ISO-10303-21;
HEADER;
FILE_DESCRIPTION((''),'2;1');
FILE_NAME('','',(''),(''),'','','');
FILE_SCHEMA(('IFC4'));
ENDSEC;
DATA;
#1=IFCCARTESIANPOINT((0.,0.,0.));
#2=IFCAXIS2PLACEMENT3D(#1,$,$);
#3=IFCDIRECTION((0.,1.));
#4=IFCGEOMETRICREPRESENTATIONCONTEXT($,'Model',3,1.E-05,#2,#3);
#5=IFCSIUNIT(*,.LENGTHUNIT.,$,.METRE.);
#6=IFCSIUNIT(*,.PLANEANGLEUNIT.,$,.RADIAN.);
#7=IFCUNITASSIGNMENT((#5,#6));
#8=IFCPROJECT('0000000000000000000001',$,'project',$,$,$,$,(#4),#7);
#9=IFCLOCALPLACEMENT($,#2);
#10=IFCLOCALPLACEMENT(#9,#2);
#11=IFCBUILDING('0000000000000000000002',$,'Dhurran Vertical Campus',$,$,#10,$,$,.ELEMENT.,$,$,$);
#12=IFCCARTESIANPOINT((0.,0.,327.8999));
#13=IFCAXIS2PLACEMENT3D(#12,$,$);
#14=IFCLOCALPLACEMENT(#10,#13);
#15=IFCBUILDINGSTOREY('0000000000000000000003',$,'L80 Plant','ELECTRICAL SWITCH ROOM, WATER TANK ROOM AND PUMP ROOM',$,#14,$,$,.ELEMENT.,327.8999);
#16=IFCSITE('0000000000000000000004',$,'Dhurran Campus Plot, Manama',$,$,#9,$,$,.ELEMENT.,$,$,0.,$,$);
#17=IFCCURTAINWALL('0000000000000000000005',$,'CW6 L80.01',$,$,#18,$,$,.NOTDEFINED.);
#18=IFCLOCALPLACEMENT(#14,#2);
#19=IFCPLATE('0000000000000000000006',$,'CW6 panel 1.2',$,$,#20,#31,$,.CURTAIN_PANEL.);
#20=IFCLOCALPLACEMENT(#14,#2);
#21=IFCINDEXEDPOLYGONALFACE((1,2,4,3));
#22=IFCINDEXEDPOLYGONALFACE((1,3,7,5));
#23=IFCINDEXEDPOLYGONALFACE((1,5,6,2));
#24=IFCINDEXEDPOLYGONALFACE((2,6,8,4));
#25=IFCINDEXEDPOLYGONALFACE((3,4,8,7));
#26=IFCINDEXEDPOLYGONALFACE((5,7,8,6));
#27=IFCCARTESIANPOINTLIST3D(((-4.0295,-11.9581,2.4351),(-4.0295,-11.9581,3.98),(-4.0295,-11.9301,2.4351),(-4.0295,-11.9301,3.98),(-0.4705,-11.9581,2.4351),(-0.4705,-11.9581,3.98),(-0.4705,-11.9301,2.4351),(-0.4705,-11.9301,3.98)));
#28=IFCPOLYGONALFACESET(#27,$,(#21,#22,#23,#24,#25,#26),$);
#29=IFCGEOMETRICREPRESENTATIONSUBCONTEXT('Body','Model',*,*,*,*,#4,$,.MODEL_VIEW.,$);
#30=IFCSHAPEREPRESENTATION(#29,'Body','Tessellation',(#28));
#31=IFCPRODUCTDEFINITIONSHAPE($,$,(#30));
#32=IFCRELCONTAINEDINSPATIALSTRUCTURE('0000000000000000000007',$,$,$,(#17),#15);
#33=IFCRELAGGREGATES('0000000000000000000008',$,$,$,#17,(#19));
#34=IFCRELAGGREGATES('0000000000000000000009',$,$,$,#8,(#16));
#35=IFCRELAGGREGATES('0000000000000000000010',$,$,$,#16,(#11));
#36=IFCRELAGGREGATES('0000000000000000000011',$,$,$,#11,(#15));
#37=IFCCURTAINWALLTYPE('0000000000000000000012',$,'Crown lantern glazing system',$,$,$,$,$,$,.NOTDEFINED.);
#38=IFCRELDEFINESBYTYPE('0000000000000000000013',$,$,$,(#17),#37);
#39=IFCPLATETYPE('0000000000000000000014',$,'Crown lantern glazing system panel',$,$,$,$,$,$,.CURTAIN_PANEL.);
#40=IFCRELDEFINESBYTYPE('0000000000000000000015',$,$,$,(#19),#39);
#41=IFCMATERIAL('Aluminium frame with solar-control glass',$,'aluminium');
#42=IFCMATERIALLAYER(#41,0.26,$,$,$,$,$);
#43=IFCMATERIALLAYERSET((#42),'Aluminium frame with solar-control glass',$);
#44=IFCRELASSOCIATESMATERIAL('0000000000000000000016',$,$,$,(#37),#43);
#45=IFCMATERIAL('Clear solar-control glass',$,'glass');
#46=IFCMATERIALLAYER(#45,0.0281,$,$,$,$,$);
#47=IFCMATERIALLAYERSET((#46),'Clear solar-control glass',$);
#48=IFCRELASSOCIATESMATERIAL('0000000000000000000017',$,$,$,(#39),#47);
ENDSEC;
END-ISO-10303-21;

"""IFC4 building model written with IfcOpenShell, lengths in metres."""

from ifc_helpers import new_model, si_unit, direction, frame, origin, origin_2d, place, context, subcontext, project, spatial, rectangle, extrude, material, layer, layer_set, type_object, element, aggregate, save


model = new_model("IFC4")

# Units and contexts
model_context = context("Model", 3, precision=1e-05, world=origin(), true_north=direction((0.0, 1.0)))
body_context = subcontext(model_context, "Body", "Model", "MODEL_VIEW")
ifc_project = project(units=[si_unit("LENGTHUNIT", "METRE"), si_unit("PLANEANGLEUNIT", "RADIAN")], contexts=[model_context])

# Site, building, storey
site_placement = place(None, origin())
site = spatial("IfcSite", under=ifc_project, at=site_placement, Name="Dhurran Campus Plot, Manama", CompositionType="ELEMENT", RefElevation=0.0)
building_placement = place(site_placement, origin())
building = spatial("IfcBuilding", under=site, at=building_placement, Name="Dhurran Vertical Campus", CompositionType="ELEMENT")
storey_placement = place(building_placement, frame((0.0, 0.0, 327.8999)))
storey = spatial("IfcBuildingStorey", under=building, at=storey_placement, Name="L80 Plant", Description="ELECTRICAL SWITCH ROOM, WATER TANK ROOM AND PUMP ROOM", CompositionType="ELEMENT", Elevation=327.8999)

# Curtain wall
ifc_material_1 = material(Name="Aluminium frame with solar-control glass", Category="aluminium")
ifc_layer_1 = layer(ifc_material_1, 0.26)
ifc_layer_set_1 = layer_set([ifc_layer_1], Name="Aluminium frame with solar-control glass")
curtain_wall_type = type_object("IfcCurtainWallType", Name="Crown lantern glazing system", PredefinedType="NOTDEFINED", material=ifc_layer_set_1)
curtain_wall_1_placement = place(storey_placement, origin())
curtain_wall_1 = element("IfcCurtainWall", 1, at=curtain_wall_1_placement, inside=storey, type_object=curtain_wall_type, Name="CW6 L80.01", PredefinedType="NOTDEFINED")

# Plate
ifc_material_2 = material(Name="Clear solar-control glass", Category="glass")
ifc_layer_2 = layer(ifc_material_2, 0.0281)
ifc_layer_set_2 = layer_set([ifc_layer_2], Name="Clear solar-control glass")
plate_type = type_object("IfcPlateType", Name="Crown lantern glazing system panel", PredefinedType="CURTAIN_PANEL", material=ifc_layer_set_2)
plate_1_placement = place(storey_placement, frame((-2.25, -11.9441, 2.4351), z_axis=(0.0, 0.0, 1.0), x_axis=(1.0, 0.0, 0.0)))
plate_1 = element("IfcPlate", 2, at=plate_1_placement, type_object=plate_type, Name="CW6 panel 1.2", PredefinedType="CURTAIN_PANEL", context=body_context, shape_type="SweptSolid", body=[
    extrude(rectangle(XDim=3.5591, YDim=0.0281, at=origin_2d()), origin(), (0.0, 0.0, 1.0), 1.5449),
])
aggregate(curtain_wall_1, [plate_1])

save(model, "model.ifc")
